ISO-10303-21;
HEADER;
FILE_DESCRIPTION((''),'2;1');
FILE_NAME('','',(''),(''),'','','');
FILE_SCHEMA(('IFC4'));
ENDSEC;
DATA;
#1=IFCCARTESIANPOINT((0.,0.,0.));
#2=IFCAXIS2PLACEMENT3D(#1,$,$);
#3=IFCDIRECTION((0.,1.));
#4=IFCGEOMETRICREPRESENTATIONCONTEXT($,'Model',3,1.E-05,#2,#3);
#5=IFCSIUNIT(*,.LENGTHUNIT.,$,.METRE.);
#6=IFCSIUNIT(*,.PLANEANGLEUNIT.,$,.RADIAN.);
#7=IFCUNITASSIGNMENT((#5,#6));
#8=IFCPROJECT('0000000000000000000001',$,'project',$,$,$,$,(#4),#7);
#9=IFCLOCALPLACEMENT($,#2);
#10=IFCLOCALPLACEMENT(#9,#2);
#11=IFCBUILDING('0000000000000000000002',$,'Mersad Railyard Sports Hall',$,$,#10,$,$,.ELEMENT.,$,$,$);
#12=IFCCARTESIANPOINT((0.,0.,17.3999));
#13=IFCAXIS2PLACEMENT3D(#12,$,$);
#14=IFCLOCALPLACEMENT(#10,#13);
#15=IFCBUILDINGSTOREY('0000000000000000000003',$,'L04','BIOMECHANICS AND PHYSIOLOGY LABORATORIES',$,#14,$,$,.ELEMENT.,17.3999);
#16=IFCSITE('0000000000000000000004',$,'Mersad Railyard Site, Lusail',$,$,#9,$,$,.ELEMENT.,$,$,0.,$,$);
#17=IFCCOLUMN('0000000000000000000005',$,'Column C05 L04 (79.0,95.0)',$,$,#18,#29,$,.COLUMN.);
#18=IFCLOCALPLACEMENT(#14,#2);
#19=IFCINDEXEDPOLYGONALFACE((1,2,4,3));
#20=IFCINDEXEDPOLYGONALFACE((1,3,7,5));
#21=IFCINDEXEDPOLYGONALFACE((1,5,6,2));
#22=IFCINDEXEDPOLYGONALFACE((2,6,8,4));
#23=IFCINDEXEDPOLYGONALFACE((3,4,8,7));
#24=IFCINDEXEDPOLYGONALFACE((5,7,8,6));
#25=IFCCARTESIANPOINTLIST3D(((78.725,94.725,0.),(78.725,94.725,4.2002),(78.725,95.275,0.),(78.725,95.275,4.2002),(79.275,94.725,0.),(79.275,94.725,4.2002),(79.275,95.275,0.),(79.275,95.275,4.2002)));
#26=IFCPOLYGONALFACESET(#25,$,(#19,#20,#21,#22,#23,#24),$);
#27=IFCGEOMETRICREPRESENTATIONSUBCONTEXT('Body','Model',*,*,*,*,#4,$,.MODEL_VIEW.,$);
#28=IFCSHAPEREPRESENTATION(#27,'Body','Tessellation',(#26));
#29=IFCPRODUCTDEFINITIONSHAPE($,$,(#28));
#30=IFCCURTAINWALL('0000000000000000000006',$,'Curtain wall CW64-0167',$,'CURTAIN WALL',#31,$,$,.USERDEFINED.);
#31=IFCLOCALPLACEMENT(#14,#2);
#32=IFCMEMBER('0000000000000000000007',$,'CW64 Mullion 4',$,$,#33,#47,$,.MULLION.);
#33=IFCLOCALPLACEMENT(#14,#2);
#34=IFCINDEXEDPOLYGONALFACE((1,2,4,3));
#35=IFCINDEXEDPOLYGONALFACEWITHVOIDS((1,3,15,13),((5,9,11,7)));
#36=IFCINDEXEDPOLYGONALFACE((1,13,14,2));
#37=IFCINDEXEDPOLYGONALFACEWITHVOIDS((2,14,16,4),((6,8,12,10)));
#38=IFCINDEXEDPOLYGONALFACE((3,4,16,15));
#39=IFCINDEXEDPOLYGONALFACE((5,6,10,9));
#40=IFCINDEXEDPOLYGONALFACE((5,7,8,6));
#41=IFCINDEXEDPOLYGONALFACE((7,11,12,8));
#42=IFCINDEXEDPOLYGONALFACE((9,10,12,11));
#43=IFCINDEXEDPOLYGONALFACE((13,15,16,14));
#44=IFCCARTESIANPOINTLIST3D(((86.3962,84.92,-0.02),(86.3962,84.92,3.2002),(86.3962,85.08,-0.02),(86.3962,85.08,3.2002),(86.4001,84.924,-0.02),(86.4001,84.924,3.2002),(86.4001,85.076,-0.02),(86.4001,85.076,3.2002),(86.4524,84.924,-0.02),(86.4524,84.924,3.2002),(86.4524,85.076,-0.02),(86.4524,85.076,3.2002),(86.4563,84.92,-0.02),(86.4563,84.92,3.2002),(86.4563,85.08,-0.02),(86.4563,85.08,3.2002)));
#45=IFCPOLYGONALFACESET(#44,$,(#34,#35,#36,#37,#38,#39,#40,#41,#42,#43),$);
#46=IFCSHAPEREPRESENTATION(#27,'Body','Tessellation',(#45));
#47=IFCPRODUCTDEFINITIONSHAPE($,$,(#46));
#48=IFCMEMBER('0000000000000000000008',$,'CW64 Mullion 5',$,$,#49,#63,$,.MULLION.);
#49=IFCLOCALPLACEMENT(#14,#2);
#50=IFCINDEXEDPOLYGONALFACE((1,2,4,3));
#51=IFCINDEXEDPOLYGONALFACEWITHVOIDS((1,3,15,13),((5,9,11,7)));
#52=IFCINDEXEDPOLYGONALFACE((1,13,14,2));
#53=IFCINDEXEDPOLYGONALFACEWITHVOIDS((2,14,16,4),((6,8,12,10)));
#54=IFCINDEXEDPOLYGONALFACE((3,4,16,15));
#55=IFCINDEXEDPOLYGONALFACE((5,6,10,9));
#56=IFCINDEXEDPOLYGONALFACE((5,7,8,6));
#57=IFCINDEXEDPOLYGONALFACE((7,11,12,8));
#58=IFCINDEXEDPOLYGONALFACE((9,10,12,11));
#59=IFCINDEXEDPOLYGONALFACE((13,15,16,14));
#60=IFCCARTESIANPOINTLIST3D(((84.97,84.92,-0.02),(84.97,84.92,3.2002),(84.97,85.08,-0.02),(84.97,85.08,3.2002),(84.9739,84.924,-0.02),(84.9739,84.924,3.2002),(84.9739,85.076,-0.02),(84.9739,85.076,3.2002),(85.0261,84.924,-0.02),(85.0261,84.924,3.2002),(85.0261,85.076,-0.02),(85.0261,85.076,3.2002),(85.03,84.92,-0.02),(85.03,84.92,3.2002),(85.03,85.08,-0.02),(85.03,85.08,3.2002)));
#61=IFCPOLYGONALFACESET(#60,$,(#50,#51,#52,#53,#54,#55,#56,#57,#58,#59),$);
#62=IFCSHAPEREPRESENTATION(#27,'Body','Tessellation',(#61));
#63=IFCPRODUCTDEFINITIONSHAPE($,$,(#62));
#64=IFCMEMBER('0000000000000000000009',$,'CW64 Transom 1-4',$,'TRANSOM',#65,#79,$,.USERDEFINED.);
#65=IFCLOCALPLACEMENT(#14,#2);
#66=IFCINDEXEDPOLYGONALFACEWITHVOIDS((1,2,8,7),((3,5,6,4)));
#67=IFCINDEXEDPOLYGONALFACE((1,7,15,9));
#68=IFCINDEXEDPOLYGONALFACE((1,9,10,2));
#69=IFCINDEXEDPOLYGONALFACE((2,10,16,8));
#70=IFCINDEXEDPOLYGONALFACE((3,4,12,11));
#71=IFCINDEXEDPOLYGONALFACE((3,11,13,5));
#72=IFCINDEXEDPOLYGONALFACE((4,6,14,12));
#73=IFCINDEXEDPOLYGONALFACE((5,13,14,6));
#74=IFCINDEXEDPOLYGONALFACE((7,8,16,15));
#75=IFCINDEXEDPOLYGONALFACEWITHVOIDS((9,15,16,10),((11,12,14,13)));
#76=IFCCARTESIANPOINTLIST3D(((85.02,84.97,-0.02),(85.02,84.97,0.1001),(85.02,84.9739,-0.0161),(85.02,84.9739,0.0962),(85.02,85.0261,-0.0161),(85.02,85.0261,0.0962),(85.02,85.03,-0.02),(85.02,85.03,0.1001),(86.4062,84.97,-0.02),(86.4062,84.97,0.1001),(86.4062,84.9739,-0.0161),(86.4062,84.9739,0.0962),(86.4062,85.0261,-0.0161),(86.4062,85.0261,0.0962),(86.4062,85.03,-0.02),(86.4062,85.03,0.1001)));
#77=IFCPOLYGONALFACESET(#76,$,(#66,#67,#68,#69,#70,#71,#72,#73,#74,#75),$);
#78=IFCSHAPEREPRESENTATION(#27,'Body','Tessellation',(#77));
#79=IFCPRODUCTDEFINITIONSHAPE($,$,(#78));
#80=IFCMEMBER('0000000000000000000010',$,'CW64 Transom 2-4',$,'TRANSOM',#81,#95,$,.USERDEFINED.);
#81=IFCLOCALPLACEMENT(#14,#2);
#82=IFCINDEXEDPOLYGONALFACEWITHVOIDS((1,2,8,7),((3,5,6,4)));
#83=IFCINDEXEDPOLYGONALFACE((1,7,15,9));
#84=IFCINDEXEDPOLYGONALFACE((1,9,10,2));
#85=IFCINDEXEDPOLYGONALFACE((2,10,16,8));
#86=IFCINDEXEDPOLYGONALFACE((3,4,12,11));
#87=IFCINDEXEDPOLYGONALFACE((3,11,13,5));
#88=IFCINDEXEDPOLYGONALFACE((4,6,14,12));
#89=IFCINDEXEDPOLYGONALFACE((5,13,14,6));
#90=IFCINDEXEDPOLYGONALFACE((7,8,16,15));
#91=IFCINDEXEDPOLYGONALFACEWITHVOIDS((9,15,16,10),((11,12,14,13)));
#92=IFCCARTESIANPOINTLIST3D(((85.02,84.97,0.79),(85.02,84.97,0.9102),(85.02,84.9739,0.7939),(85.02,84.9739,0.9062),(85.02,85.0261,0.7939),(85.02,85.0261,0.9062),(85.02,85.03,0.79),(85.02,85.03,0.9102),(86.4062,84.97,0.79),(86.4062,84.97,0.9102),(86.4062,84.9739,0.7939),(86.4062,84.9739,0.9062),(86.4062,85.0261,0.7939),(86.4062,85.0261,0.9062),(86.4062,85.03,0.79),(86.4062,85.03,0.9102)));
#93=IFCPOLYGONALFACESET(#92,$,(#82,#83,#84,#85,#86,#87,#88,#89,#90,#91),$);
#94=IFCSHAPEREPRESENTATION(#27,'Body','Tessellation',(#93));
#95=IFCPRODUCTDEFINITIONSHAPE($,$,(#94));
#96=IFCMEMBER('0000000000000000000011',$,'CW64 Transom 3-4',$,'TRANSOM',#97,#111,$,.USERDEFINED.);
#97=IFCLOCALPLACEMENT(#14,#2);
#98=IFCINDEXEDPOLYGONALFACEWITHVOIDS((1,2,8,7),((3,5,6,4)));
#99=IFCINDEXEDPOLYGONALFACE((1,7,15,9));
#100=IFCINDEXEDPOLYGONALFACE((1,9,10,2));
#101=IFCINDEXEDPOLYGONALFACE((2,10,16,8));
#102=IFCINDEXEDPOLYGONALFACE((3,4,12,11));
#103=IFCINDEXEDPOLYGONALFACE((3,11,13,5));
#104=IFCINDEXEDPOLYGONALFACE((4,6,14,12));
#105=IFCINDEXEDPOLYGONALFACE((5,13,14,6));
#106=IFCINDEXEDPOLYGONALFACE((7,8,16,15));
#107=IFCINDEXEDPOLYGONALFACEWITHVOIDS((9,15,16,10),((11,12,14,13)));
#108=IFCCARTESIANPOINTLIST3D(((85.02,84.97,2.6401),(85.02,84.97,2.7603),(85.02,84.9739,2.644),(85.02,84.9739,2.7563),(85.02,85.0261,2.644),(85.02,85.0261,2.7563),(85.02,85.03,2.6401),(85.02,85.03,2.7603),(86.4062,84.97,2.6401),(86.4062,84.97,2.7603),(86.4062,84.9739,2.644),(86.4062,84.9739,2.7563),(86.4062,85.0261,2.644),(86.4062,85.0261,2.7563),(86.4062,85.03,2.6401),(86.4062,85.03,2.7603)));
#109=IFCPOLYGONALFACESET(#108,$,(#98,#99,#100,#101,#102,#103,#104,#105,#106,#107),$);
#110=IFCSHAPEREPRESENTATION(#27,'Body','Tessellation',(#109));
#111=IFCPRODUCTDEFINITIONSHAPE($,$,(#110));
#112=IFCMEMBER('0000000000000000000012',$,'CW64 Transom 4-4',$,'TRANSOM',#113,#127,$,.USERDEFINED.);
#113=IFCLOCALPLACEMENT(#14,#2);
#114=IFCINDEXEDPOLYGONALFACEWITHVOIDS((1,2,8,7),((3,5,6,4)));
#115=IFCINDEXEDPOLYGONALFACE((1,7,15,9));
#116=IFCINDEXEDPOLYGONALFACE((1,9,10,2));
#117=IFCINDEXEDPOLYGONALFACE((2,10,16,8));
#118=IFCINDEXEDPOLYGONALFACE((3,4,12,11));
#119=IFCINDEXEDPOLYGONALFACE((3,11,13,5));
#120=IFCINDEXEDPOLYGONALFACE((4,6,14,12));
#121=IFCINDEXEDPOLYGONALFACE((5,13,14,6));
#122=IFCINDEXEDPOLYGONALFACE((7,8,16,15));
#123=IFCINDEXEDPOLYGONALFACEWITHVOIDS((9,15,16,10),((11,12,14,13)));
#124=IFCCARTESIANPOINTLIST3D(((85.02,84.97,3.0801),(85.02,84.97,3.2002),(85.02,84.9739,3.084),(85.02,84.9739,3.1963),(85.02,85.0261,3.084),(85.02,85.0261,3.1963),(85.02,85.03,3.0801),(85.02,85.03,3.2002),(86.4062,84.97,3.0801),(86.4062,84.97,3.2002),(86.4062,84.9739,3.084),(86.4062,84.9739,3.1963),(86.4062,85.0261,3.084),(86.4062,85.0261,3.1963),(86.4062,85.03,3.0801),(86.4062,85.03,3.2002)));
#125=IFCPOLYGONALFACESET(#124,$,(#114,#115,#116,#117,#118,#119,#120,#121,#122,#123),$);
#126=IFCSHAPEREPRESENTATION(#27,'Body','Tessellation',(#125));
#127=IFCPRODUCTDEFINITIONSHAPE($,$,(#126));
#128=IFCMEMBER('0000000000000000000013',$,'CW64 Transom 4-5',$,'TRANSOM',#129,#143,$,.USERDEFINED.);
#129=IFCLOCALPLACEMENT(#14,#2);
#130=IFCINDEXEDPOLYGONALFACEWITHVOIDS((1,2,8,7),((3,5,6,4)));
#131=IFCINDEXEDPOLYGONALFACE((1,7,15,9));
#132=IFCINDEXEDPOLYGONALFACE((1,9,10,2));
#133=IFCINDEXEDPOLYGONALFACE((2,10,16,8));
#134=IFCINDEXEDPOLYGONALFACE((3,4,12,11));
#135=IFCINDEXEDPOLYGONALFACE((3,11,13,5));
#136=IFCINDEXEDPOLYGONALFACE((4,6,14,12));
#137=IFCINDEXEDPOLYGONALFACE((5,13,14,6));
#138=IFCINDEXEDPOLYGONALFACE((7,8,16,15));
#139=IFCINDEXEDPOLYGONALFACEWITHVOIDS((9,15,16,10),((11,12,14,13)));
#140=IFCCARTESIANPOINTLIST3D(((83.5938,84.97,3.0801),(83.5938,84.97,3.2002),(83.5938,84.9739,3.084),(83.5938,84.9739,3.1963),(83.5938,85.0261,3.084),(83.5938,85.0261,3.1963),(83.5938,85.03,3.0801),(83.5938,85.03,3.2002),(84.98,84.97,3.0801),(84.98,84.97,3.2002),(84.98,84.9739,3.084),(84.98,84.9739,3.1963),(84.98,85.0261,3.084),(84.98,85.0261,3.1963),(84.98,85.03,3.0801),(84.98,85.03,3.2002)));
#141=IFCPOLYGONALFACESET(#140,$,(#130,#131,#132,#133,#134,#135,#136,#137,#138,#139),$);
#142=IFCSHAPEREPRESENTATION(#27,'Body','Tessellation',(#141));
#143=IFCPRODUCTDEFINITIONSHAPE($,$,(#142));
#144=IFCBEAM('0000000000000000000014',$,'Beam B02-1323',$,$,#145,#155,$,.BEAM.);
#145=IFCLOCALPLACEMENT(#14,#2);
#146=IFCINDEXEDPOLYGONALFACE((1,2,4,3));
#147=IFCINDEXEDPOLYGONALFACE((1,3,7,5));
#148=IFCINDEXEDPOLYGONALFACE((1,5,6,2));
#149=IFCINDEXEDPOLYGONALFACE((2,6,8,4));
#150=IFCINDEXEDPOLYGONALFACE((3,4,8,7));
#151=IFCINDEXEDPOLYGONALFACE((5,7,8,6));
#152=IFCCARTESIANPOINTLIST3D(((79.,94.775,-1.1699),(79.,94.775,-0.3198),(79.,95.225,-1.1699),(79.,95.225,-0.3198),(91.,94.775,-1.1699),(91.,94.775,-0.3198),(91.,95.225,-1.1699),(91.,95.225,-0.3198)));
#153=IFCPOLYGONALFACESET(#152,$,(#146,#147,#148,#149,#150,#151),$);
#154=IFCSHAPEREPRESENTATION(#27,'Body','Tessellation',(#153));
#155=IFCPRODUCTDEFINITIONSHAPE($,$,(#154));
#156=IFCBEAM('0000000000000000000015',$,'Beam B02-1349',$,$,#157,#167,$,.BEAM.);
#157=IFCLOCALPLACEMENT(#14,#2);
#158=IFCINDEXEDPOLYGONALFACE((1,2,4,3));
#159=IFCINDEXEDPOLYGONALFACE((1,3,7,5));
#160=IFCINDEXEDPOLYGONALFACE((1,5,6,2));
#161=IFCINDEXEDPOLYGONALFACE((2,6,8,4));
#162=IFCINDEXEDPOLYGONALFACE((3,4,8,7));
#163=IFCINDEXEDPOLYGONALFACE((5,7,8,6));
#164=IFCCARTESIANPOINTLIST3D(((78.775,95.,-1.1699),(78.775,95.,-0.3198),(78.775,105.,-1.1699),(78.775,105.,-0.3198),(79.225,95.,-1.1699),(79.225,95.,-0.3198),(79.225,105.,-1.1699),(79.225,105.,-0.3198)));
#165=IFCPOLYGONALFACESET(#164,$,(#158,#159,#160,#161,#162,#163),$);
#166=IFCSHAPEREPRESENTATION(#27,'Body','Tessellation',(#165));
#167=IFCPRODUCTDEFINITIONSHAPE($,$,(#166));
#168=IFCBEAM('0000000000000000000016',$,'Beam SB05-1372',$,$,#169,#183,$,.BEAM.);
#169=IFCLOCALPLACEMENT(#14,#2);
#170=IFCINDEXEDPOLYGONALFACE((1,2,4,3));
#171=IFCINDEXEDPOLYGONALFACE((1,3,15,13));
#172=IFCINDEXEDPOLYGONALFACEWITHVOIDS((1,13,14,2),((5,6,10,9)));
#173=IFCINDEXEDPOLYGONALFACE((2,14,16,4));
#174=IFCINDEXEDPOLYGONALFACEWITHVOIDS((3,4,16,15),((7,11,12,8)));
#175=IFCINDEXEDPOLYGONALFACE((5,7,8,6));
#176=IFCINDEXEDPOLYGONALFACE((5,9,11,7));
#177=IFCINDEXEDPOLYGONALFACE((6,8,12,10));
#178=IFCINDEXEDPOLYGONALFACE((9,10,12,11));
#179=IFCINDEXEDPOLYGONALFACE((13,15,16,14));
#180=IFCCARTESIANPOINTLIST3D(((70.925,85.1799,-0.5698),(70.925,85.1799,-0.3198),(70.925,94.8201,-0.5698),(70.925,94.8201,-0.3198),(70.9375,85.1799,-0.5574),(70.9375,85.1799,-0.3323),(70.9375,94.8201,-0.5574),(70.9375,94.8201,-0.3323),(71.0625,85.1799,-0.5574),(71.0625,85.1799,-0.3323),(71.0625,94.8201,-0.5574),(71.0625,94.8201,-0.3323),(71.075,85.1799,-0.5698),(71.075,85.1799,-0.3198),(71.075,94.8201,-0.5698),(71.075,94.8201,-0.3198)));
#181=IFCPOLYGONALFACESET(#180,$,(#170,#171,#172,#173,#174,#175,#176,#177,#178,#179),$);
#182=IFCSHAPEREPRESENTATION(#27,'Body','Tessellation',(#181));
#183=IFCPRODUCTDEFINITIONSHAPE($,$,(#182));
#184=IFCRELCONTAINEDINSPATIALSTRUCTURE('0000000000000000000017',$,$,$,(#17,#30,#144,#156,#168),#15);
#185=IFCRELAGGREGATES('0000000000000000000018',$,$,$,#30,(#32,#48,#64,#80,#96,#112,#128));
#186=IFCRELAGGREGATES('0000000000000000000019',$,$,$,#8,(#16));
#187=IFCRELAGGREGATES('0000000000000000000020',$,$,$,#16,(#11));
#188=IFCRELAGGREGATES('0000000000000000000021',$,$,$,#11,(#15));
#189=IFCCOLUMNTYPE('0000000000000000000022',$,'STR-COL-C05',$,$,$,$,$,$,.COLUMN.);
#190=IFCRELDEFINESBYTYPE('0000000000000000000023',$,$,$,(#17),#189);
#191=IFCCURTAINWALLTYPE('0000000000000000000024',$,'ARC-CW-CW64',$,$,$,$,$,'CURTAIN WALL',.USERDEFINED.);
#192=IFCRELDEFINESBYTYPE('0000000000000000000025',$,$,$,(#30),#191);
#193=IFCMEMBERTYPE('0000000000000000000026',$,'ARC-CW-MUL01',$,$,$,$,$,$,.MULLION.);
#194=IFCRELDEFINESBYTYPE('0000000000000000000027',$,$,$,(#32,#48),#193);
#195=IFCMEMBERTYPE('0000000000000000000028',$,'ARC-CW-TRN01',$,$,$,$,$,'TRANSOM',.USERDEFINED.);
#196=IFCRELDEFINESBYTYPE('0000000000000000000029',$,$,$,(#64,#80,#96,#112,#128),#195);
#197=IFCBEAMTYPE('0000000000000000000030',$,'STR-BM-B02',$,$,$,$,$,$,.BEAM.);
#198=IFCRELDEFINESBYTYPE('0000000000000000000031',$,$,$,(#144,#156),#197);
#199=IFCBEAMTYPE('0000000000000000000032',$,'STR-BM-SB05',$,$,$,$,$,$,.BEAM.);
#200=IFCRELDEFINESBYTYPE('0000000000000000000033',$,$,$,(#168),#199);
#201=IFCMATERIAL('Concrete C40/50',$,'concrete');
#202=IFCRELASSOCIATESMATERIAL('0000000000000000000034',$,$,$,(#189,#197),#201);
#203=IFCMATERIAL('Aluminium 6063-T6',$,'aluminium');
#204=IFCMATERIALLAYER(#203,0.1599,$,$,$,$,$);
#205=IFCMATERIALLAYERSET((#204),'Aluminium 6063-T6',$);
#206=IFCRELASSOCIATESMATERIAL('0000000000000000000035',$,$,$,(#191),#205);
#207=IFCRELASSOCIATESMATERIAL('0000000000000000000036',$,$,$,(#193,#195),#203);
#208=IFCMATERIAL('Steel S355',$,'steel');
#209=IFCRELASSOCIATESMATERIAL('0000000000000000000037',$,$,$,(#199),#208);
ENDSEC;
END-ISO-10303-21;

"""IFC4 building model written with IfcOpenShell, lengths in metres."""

from ifc_helpers import new_model, si_unit, direction, frame, origin, origin_2d, place, context, subcontext, project, spatial, rectangle, hollow_rectangle, extrude, material, layer, layer_set, material_profile, profile_set, type_object, element, aggregate, save


model = new_model("IFC4")

# Units and contexts
model_context = context("Model", 3, precision=1e-05, world=origin(), true_north=direction((0.0, 1.0)))
body_context = subcontext(model_context, "Body", "Model", "MODEL_VIEW")
ifc_project = project(units=[si_unit("LENGTHUNIT", "METRE"), si_unit("PLANEANGLEUNIT", "RADIAN")], contexts=[model_context])

# Site, building, storey
site_placement = place(None, origin())
site = spatial("IfcSite", under=ifc_project, at=site_placement, Name="Mersad Railyard Site, Lusail", CompositionType="ELEMENT", RefElevation=0.0)
building_placement = place(site_placement, origin())
building = spatial("IfcBuilding", under=site, at=building_placement, Name="Mersad Railyard Sports Hall", CompositionType="ELEMENT")
storey_placement = place(building_placement, frame((0.0, 0.0, 17.3999)))
storey = spatial("IfcBuildingStorey", under=building, at=storey_placement, Name="L04", Description="BIOMECHANICS AND PHYSIOLOGY LABORATORIES", CompositionType="ELEMENT", Elevation=17.3999)

# Column
ifc_material_1 = material(Name="Concrete C40/50", Category="concrete")
ifc_material_profile_1 = material_profile(ifc_material_1, rectangle(XDim=0.55, YDim=0.55, at=origin_2d()), Name="RC 550x550")
ifc_profile_set_1 = profile_set([ifc_material_profile_1], Name="Concrete C40/50")
column_type = type_object("IfcColumnType", Name="STR-COL-C05", PredefinedType="COLUMN", material=ifc_profile_set_1)
column_placement = place(storey_placement, frame((79.0, 95.0, 0.0), z_axis=(0.0, 0.0, 1.0), x_axis=(1.0, 0.0, 0.0)))
element("IfcColumn", 1, at=column_placement, inside=storey, type_object=column_type, Name="Column C05 L04 (79.0,95.0)", PredefinedType="COLUMN", context=body_context, shape_type="SweptSolid", body=[
    extrude(rectangle(XDim=0.55, YDim=0.55, at=origin_2d()), origin(), (0.0, 0.0, 1.0), 4.2002),
])

# Curtain wall, members
ifc_material_2 = material(Name="Aluminium 6063-T6", Category="aluminium")
ifc_layer_1 = layer(ifc_material_2, 0.1599)
ifc_layer_set_1 = layer_set([ifc_layer_1], Name="Aluminium 6063-T6")
curtain_wall_type = type_object("IfcCurtainWallType", Name="ARC-CW-CW64", ElementType="CURTAIN WALL", PredefinedType="USERDEFINED", material=ifc_layer_set_1)
curtain_wall_placement = place(storey_placement, origin())
curtain_wall = element("IfcCurtainWall", 2, at=curtain_wall_placement, inside=storey, type_object=curtain_wall_type, Name="Curtain wall CW64-0167", ObjectType="CURTAIN WALL", PredefinedType="USERDEFINED")
ifc_material_profile_2 = material_profile(ifc_material_2, hollow_rectangle(XDim=0.0601, YDim=0.1599, WallThickness=0.0039, at=origin_2d()), Name="AL MULLION 60x160x4")
ifc_profile_set_2 = profile_set([ifc_material_profile_2], Name="Aluminium 6063-T6")
member_type_1 = type_object("IfcMemberType", Name="ARC-CW-MUL01", PredefinedType="MULLION", material=ifc_profile_set_2)
member_1_placement = place(storey_placement, frame((86.4263, 85.0, -0.02), z_axis=(0.0, 0.0, 1.0), x_axis=(1.0, 0.0, 0.0)))
member_1 = element("IfcMember", 3, at=member_1_placement, type_object=member_type_1, Name="CW64 Mullion 4", PredefinedType="MULLION", context=body_context, shape_type="SweptSolid", body=[
    extrude(hollow_rectangle(XDim=0.0601, YDim=0.1599, WallThickness=0.0039, at=origin_2d()), origin(), (0.0, 0.0, 1.0), 3.2202),
])
member_2_placement = place(storey_placement, frame((85.0, 85.0, -0.02), z_axis=(0.0, 0.0, 1.0), x_axis=(1.0, 0.0, 0.0)))
member_2 = element("IfcMember", 4, at=member_2_placement, type_object=member_type_1, Name="CW64 Mullion 5", PredefinedType="MULLION", context=body_context, shape_type="SweptSolid", body=[
    extrude(hollow_rectangle(XDim=0.0601, YDim=0.1599, WallThickness=0.0039, at=origin_2d()), origin(), (0.0, 0.0, 1.0), 3.2202),
])
ifc_material_profile_3 = material_profile(ifc_material_2, hollow_rectangle(XDim=0.0601, YDim=0.1201, WallThickness=0.0039, at=origin_2d()), Name="AL TRANSOM 60x120x4")
ifc_profile_set_3 = profile_set([ifc_material_profile_3], Name="Aluminium 6063-T6")
member_type_2 = type_object("IfcMemberType", Name="ARC-CW-TRN01", ElementType="TRANSOM", PredefinedType="USERDEFINED", material=ifc_profile_set_3)
member_3_placement = place(storey_placement, frame((86.4062, 85.0, 0.04), z_axis=(-1.0, 0.0, 0.0), x_axis=(0.0, -1.0, 0.0)))
member_3 = element("IfcMember", 5, at=member_3_placement, type_object=member_type_2, Name="CW64 Transom 1-4", ObjectType="TRANSOM", PredefinedType="USERDEFINED", context=body_context, shape_type="SweptSolid", body=[
    extrude(hollow_rectangle(XDim=0.0601, YDim=0.1201, WallThickness=0.0039, at=origin_2d()), origin(), (0.0, 0.0, 1.0), 1.3862),
])
member_4_placement = place(storey_placement, frame((86.4062, 85.0, 0.8501), z_axis=(-1.0, 0.0, 0.0), x_axis=(0.0, -1.0, 0.0)))
member_4 = element("IfcMember", 6, at=member_4_placement, type_object=member_type_2, Name="CW64 Transom 2-4", ObjectType="TRANSOM", PredefinedType="USERDEFINED", context=body_context, shape_type="SweptSolid", body=[
    extrude(hollow_rectangle(XDim=0.0601, YDim=0.1201, WallThickness=0.0039, at=origin_2d()), origin(), (0.0, 0.0, 1.0), 1.3862),
])
member_5_placement = place(storey_placement, frame((86.4062, 85.0, 2.7002), z_axis=(-1.0, 0.0, 0.0), x_axis=(0.0, -1.0, 0.0)))
member_5 = element("IfcMember", 7, at=member_5_placement, type_object=member_type_2, Name="CW64 Transom 3-4", ObjectType="TRANSOM", PredefinedType="USERDEFINED", context=body_context, shape_type="SweptSolid", body=[
    extrude(hollow_rectangle(XDim=0.0601, YDim=0.1201, WallThickness=0.0039, at=origin_2d()), origin(), (0.0, 0.0, 1.0), 1.3862),
])
member_6_placement = place(storey_placement, frame((86.4062, 85.0, 3.1401), z_axis=(-1.0, 0.0, 0.0), x_axis=(0.0, -1.0, 0.0)))
member_6 = element("IfcMember", 8, at=member_6_placement, type_object=member_type_2, Name="CW64 Transom 4-4", ObjectType="TRANSOM", PredefinedType="USERDEFINED", context=body_context, shape_type="SweptSolid", body=[
    extrude(hollow_rectangle(XDim=0.0601, YDim=0.1201, WallThickness=0.0039, at=origin_2d()), origin(), (0.0, 0.0, 1.0), 1.3862),
])
member_7_placement = place(storey_placement, frame((84.98, 85.0, 3.1401), z_axis=(-1.0, 0.0, 0.0), x_axis=(0.0, -1.0, 0.0)))
member_7 = element("IfcMember", 9, at=member_7_placement, type_object=member_type_2, Name="CW64 Transom 4-5", ObjectType="TRANSOM", PredefinedType="USERDEFINED", context=body_context, shape_type="SweptSolid", body=[
    extrude(hollow_rectangle(XDim=0.0601, YDim=0.1201, WallThickness=0.0039, at=origin_2d()), origin(), (0.0, 0.0, 1.0), 1.3862),
])

# Beams
ifc_material_profile_4 = material_profile(ifc_material_1, rectangle(XDim=0.45, YDim=0.8501, at=origin_2d()), Name="RC 450x850")
ifc_profile_set_4 = profile_set([ifc_material_profile_4], Name="Concrete C40/50")
beam_type_1 = type_object("IfcBeamType", Name="STR-BM-B02", PredefinedType="BEAM", material=ifc_profile_set_4)
beam_1_placement = place(storey_placement, frame((79.0, 95.0, -0.7449), z_axis=(1.0, 0.0, 0.0), x_axis=(0.0, 1.0, 0.0)))
element("IfcBeam", 10, at=beam_1_placement, inside=storey, type_object=beam_type_1, Name="Beam B02-1323", PredefinedType="BEAM", context=body_context, shape_type="SweptSolid", body=[
    extrude(rectangle(XDim=0.45, YDim=0.8501, at=origin_2d()), origin(), (0.0, 0.0, 1.0), 12.0),
])
beam_2_placement = place(storey_placement, frame((79.0, 95.0, -0.7449), z_axis=(0.0, 1.0, 0.0), x_axis=(-1.0, 0.0, 0.0)))
element("IfcBeam", 11, at=beam_2_placement, inside=storey, type_object=beam_type_1, Name="Beam B02-1349", PredefinedType="BEAM", context=body_context, shape_type="SweptSolid", body=[
    extrude(rectangle(XDim=0.45, YDim=0.8501, at=origin_2d()), origin(), (0.0, 0.0, 1.0), 10.0),
])
ifc_material_3 = material(Name="Steel S355", Category="steel")
ifc_material_profile_5 = material_profile(ifc_material_3, hollow_rectangle(XDim=0.1499, YDim=0.25, WallThickness=0.0125, at=origin_2d()), Name="RHS 250x150x12.5")
ifc_profile_set_5 = profile_set([ifc_material_profile_5], Name="Steel S355")
beam_type_2 = type_object("IfcBeamType", Name="STR-BM-SB05", PredefinedType="BEAM", material=ifc_profile_set_5)
for number, where, z_axis, x_axis, name in (
    (12, (71.0, 85.1799, -0.4448), (0.0, 1.0, 0.0), (-1.0, 0.0, 0.0), "Beam SB05-1372"),
):
    element("IfcBeam", number, at=place(storey_placement, frame(where, z_axis=z_axis, x_axis=x_axis)), inside=storey, type_object=beam_type_2, Name=name, PredefinedType="BEAM", context=body_context, shape_type="SweptSolid", body=[
        extrude(hollow_rectangle(XDim=0.1499, YDim=0.25, WallThickness=0.0125, at=origin_2d()), origin(), (0.0, 0.0, 1.0), 9.6401),
    ])

aggregate(curtain_wall, [member_1, member_2, member_3, member_4, member_5, member_6, member_7])

save(model, "model.ifc")
